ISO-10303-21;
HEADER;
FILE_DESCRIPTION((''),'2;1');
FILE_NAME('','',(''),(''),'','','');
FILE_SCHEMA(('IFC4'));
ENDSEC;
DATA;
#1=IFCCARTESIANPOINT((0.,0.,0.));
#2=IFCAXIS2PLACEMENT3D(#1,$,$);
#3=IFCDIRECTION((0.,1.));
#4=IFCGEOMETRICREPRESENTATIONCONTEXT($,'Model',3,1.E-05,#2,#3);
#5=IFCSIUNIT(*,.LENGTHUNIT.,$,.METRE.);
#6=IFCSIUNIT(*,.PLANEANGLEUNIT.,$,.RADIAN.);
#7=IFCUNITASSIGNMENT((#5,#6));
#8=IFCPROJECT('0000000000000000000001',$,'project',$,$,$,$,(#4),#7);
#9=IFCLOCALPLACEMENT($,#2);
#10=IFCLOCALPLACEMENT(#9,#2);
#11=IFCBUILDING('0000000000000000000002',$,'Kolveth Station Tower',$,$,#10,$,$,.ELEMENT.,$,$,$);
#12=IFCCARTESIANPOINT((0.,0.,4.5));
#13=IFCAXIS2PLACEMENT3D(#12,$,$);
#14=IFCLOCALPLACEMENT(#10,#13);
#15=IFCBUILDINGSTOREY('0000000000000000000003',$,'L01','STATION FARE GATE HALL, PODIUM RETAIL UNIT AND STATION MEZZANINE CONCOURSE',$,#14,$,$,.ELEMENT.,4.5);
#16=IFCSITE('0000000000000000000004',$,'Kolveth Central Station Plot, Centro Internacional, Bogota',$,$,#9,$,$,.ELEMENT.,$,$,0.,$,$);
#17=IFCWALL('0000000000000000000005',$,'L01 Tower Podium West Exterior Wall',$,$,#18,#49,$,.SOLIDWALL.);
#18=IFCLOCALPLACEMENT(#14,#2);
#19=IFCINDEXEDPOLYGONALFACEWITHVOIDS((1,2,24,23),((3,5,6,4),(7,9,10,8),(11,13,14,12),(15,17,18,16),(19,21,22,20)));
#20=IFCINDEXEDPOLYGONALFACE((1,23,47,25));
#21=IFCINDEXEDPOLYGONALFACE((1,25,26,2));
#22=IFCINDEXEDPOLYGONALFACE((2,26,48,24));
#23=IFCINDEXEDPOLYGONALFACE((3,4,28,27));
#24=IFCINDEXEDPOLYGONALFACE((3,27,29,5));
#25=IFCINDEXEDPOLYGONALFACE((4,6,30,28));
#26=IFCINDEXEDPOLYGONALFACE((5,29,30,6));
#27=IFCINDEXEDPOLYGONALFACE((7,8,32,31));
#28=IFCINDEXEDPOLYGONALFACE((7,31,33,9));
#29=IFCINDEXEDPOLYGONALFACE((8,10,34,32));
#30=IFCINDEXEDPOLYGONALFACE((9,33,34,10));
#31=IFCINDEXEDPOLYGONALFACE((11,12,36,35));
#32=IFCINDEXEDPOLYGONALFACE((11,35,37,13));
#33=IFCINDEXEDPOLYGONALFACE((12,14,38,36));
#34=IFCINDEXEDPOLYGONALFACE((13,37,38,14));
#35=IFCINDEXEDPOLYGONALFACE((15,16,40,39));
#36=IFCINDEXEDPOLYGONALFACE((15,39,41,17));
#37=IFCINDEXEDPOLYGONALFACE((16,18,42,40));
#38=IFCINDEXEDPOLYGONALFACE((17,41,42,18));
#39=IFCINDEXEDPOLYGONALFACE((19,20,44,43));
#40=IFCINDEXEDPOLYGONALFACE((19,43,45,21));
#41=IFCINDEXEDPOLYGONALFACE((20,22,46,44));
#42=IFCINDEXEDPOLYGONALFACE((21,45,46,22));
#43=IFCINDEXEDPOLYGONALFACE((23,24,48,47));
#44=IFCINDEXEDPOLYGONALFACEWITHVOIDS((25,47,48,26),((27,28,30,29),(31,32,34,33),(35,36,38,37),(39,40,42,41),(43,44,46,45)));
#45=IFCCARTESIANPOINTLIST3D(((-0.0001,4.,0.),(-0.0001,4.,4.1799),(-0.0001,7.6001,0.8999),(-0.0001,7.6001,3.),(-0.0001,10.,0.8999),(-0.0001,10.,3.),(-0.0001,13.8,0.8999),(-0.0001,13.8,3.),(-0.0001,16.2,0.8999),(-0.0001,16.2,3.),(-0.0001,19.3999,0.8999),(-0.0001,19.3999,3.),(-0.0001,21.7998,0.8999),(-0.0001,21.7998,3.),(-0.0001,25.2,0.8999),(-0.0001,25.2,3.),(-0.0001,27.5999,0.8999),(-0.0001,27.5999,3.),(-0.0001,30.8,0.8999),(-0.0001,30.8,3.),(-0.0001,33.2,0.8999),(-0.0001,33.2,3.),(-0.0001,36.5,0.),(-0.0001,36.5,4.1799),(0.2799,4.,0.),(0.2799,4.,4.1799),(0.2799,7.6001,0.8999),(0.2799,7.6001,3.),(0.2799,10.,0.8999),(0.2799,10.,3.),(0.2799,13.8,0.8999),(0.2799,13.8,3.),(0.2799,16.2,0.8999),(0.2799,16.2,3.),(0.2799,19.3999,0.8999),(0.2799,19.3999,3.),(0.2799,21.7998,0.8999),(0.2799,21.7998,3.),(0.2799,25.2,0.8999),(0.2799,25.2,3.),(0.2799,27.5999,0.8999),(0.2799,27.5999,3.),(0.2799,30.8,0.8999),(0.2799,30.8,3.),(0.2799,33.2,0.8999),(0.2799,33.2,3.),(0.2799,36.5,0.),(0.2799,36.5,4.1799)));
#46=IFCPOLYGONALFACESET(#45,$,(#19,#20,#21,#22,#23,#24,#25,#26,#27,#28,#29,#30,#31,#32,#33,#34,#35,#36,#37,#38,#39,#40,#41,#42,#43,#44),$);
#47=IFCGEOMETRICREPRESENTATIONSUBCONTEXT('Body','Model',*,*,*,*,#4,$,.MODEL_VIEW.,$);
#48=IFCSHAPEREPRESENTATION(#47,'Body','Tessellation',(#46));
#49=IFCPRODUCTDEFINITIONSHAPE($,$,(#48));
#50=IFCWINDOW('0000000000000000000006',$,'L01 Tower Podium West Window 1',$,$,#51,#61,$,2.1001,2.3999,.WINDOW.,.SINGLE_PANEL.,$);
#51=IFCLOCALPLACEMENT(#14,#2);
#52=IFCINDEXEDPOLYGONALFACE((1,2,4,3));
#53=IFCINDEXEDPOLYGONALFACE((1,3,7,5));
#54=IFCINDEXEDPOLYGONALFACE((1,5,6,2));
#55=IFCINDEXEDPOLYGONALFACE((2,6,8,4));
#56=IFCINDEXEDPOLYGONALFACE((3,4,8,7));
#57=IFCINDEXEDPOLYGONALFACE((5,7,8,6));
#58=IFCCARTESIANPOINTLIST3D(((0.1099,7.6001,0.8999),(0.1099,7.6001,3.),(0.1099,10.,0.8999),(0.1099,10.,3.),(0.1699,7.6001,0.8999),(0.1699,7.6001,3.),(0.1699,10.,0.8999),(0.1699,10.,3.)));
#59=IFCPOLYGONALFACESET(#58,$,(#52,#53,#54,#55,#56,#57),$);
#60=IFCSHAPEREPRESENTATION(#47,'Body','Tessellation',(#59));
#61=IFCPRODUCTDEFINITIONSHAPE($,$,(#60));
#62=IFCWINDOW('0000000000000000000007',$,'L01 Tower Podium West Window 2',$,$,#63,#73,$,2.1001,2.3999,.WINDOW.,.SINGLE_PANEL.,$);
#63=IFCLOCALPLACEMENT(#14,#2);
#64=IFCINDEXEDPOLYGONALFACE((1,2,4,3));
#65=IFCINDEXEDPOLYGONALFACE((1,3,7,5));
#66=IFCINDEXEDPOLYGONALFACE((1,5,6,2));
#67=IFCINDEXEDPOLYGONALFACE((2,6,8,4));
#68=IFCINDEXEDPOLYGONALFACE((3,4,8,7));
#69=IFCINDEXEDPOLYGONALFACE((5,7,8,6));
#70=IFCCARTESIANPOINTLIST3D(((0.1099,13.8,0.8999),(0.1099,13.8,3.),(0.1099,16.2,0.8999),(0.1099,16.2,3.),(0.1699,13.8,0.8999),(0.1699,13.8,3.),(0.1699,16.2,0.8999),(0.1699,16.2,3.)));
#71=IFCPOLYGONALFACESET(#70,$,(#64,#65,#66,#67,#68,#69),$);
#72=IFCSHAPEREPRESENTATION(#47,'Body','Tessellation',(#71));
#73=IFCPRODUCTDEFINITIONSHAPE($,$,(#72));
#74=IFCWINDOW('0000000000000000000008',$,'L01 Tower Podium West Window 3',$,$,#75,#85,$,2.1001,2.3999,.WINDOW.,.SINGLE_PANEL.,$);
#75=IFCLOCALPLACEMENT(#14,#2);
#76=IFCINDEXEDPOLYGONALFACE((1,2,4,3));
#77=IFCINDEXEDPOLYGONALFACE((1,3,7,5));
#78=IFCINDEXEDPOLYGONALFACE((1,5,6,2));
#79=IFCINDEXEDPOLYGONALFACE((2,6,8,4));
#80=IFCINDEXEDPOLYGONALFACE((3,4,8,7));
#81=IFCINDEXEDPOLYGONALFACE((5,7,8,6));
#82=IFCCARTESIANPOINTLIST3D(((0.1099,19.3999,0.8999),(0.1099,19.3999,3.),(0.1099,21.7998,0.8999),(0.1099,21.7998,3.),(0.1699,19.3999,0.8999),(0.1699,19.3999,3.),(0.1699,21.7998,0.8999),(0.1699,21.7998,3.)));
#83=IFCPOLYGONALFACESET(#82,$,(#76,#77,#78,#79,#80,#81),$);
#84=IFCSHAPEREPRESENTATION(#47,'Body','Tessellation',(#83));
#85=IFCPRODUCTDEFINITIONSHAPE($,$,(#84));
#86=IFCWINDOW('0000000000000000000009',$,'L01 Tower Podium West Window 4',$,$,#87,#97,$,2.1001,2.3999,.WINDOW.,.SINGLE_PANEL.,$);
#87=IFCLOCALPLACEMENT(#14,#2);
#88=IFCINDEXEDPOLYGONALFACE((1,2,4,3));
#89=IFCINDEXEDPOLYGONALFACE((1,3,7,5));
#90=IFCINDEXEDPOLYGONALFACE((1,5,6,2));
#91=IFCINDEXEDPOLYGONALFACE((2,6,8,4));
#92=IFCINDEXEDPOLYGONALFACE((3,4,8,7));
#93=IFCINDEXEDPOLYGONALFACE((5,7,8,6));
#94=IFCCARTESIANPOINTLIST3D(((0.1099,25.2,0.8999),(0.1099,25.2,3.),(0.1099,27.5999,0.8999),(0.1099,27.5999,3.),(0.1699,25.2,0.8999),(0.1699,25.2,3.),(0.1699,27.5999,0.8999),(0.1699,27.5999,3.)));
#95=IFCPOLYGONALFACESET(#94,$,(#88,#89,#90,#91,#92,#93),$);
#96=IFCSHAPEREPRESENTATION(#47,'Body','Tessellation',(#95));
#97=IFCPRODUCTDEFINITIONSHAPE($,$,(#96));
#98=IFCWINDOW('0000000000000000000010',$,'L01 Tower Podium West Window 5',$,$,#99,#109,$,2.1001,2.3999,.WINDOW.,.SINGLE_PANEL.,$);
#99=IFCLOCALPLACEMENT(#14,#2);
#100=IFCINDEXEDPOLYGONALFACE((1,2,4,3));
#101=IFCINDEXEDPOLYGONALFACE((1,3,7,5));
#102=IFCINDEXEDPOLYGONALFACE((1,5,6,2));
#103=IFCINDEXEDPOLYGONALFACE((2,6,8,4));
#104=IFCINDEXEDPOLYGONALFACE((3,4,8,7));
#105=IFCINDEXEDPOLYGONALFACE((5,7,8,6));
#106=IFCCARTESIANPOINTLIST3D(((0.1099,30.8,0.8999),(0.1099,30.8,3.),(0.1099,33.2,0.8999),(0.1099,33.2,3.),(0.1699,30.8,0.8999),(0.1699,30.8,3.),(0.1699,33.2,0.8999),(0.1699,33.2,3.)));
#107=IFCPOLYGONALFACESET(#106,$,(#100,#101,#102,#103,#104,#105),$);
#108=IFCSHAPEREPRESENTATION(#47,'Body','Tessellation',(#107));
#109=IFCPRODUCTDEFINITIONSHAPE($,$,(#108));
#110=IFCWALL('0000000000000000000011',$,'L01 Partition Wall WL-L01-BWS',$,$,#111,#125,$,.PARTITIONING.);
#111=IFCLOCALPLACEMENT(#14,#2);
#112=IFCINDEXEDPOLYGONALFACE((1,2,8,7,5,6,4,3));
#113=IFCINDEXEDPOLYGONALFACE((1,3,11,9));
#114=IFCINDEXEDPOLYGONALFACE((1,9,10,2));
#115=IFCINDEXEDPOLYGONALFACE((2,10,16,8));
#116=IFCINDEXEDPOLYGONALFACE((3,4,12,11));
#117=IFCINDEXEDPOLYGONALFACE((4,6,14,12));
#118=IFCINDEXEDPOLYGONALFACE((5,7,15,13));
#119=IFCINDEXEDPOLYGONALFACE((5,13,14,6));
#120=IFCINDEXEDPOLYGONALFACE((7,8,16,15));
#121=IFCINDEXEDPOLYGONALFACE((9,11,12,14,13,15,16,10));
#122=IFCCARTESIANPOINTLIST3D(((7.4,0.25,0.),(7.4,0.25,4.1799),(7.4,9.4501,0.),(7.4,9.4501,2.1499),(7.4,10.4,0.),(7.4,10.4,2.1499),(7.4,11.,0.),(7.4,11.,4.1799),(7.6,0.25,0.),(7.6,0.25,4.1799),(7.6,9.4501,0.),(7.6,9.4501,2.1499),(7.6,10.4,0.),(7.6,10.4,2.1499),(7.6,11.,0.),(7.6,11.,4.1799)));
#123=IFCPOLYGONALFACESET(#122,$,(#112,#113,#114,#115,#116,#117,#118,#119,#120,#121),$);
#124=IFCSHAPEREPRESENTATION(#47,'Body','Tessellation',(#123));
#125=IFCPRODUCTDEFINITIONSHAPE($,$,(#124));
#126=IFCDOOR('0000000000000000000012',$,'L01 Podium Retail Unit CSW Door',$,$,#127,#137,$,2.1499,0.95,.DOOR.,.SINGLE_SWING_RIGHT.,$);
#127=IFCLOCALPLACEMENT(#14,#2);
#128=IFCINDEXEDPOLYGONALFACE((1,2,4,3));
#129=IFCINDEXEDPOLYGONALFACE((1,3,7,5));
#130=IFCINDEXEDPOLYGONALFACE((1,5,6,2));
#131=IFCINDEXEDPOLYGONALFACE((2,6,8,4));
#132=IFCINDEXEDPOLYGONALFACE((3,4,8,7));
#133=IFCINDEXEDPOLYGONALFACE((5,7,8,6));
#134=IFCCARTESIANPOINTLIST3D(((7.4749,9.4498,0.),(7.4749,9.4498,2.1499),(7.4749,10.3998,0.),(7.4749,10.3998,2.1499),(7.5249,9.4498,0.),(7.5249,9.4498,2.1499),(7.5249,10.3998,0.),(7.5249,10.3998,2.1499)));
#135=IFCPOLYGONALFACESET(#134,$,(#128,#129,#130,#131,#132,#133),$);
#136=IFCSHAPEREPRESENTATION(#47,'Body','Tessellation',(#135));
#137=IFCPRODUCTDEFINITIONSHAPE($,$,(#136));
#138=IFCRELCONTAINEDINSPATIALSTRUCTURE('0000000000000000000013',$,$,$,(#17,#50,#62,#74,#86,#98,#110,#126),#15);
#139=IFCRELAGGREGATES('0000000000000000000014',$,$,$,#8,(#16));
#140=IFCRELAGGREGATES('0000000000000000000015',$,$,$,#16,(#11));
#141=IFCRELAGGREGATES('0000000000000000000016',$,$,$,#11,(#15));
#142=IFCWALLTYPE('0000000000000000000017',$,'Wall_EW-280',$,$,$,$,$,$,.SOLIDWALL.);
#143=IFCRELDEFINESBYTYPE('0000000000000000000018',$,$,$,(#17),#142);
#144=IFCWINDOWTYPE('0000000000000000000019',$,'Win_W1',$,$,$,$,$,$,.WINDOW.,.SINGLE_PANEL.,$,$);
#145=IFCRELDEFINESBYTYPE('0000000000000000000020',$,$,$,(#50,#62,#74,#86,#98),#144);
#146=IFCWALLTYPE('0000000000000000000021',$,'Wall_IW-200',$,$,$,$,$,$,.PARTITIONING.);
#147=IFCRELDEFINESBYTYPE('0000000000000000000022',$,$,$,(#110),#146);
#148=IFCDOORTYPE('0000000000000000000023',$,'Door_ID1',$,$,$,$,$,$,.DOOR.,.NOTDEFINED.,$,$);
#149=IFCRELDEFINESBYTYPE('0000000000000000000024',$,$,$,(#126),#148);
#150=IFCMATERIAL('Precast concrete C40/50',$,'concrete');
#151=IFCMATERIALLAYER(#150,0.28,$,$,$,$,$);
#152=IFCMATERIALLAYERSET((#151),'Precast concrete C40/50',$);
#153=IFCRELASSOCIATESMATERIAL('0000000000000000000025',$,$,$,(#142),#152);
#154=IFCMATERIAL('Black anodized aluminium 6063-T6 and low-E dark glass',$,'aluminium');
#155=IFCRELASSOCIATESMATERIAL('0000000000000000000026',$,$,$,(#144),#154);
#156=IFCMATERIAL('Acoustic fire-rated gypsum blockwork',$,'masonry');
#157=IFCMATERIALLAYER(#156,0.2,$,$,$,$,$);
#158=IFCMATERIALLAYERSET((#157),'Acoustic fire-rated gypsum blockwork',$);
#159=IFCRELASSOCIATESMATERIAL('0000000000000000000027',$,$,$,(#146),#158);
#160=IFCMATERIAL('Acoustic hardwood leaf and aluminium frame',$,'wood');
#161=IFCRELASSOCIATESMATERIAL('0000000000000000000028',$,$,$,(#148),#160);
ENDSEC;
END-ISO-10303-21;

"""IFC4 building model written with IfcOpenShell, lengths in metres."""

from ifc_helpers import new_model, si_unit, direction, frame, frame_2d, origin, place, context, subcontext, project, spatial, rectangle, extrude, material, layer, layer_set, type_object, element, fill, save


model = new_model("IFC4")

# Units and contexts
model_context = context("Model", 3, precision=1e-05, world=origin(), true_north=direction((0.0, 1.0)))
body_context = subcontext(model_context, "Body", "Model", "MODEL_VIEW")
ifc_project = project(units=[si_unit("LENGTHUNIT", "METRE"), si_unit("PLANEANGLEUNIT", "RADIAN")], contexts=[model_context])

# Site, building, storey
site_placement = place(None, origin())
site = spatial("IfcSite", under=ifc_project, at=site_placement, Name="Kolveth Central Station Plot, Centro Internacional, Bogota", CompositionType="ELEMENT", RefElevation=0.0)
building_placement = place(site_placement, origin())
building = spatial("IfcBuilding", under=site, at=building_placement, Name="Kolveth Station Tower", CompositionType="ELEMENT")
storey_placement = place(building_placement, frame((0.0, 0.0, 4.5)))
storey = spatial("IfcBuildingStorey", under=building, at=storey_placement, Name="L01", Description="STATION FARE GATE HALL, PODIUM RETAIL UNIT AND STATION MEZZANINE CONCOURSE", CompositionType="ELEMENT", Elevation=4.5)

# Shared definitions
ifc_material_1 = material(Name="Precast concrete C40/50", Category="concrete")

# Wall, openings, windows
ifc_layer_1 = layer(ifc_material_1, 0.28)
ifc_layer_set_1 = layer_set([ifc_layer_1], Name="Precast concrete C40/50")
wall_type_1 = type_object("IfcWallType", Name="Wall_EW-280", PredefinedType="SOLIDWALL", material=ifc_layer_set_1)
wall_1_placement = place(storey_placement, frame((0.1399, 4.0, 0.0), z_axis=(0.0, 0.0, 1.0), x_axis=(0.0, 1.0, 0.0)))
wall_1 = element("IfcWall", 1, at=wall_1_placement, inside=storey, type_object=wall_type_1, Name="L01 Tower Podium West Exterior Wall", PredefinedType="SOLIDWALL", context=body_context, shape_type="SweptSolid", body=[
    extrude(rectangle(XDim=32.5, YDim=0.28, at=frame_2d((16.25, 0.0))), origin(), (0.0, 0.0, 1.0), 4.1799),
])
opening_1_placement = place(wall_1_placement, frame((3.6001, 0.0, 0.8999)))
opening_1 = element("IfcOpeningElement", 2, at=opening_1_placement, cuts=wall_1, PredefinedType="OPENING", context=body_context, shape_type="SweptSolid", body=[
    extrude(rectangle(XDim=2.3999, YDim=2.1001, at=frame_2d((1.2, 1.05))), frame((0.0, 0.1499, 0.0), z_axis=(0.0, -1.0, 0.0), x_axis=(1.0, 0.0, 0.0)), (0.0, 0.0, 1.0), 0.3),
])
opening_2_placement = place(wall_1_placement, frame((9.8, 0.0, 0.8999)))
opening_2 = element("IfcOpeningElement", 3, at=opening_2_placement, cuts=wall_1, PredefinedType="OPENING", context=body_context, shape_type="SweptSolid", body=[
    extrude(rectangle(XDim=2.3999, YDim=2.1001, at=frame_2d((1.2, 1.05))), frame((0.0, 0.1499, 0.0), z_axis=(0.0, -1.0, 0.0), x_axis=(1.0, 0.0, 0.0)), (0.0, 0.0, 1.0), 0.3),
])
opening_3_placement = place(wall_1_placement, frame((15.3999, 0.0, 0.8999)))
opening_3 = element("IfcOpeningElement", 4, at=opening_3_placement, cuts=wall_1, PredefinedType="OPENING", context=body_context, shape_type="SweptSolid", body=[
    extrude(rectangle(XDim=2.3999, YDim=2.1001, at=frame_2d((1.2, 1.05))), frame((0.0, 0.1499, 0.0), z_axis=(0.0, -1.0, 0.0), x_axis=(1.0, 0.0, 0.0)), (0.0, 0.0, 1.0), 0.3),
])
opening_4_placement = place(wall_1_placement, frame((21.2, 0.0, 0.8999)))
opening_4 = element("IfcOpeningElement", 5, at=opening_4_placement, cuts=wall_1, PredefinedType="OPENING", context=body_context, shape_type="SweptSolid", body=[
    extrude(rectangle(XDim=2.3999, YDim=2.1001, at=frame_2d((1.2, 1.05))), frame((0.0, 0.1499, 0.0), z_axis=(0.0, -1.0, 0.0), x_axis=(1.0, 0.0, 0.0)), (0.0, 0.0, 1.0), 0.3),
])
opening_5_placement = place(wall_1_placement, frame((26.8, 0.0, 0.8999)))
opening_5 = element("IfcOpeningElement", 6, at=opening_5_placement, cuts=wall_1, PredefinedType="OPENING", context=body_context, shape_type="SweptSolid", body=[
    extrude(rectangle(XDim=2.3999, YDim=2.1001, at=frame_2d((1.2, 1.05))), frame((0.0, 0.1499, 0.0), z_axis=(0.0, -1.0, 0.0), x_axis=(1.0, 0.0, 0.0)), (0.0, 0.0, 1.0), 0.3),
])
ifc_material_2 = material(Name="Black anodized aluminium 6063-T6 and low-E dark glass", Category="aluminium")
window_type = type_object("IfcWindowType", Name="Win_W1", PartitioningType="SINGLE_PANEL", PredefinedType="WINDOW", material=ifc_material_2)
window_1_placement = place(opening_1_placement, origin())
window_1 = element("IfcWindow", 7, at=window_1_placement, inside=storey, type_object=window_type, Name="L01 Tower Podium West Window 1", OverallHeight=2.1001, OverallWidth=2.3999, PartitioningType="SINGLE_PANEL", PredefinedType="WINDOW", context=body_context, shape_type="SweptSolid", body=[
    extrude(rectangle(XDim=2.3999, YDim=2.1001, at=frame_2d((1.2, 1.05))), frame((0.0, 0.03, 0.0), z_axis=(0.0, -1.0, 0.0), x_axis=(1.0, 0.0, 0.0)), (0.0, 0.0, 1.0), 0.0601),
])
fill(opening_1, window_1)
window_2_placement = place(opening_2_placement, origin())
window_2 = element("IfcWindow", 8, at=window_2_placement, inside=storey, type_object=window_type, Name="L01 Tower Podium West Window 2", OverallHeight=2.1001, OverallWidth=2.3999, PartitioningType="SINGLE_PANEL", PredefinedType="WINDOW", context=body_context, shape_type="SweptSolid", body=[
    extrude(rectangle(XDim=2.3999, YDim=2.1001, at=frame_2d((1.2, 1.05))), frame((0.0, 0.03, 0.0), z_axis=(0.0, -1.0, 0.0), x_axis=(1.0, 0.0, 0.0)), (0.0, 0.0, 1.0), 0.0601),
])
fill(opening_2, window_2)
window_3_placement = place(opening_3_placement, origin())
window_3 = element("IfcWindow", 9, at=window_3_placement, inside=storey, type_object=window_type, Name="L01 Tower Podium West Window 3", OverallHeight=2.1001, OverallWidth=2.3999, PartitioningType="SINGLE_PANEL", PredefinedType="WINDOW", context=body_context, shape_type="SweptSolid", body=[
    extrude(rectangle(XDim=2.3999, YDim=2.1001, at=frame_2d((1.2, 1.05))), frame((0.0, 0.03, 0.0), z_axis=(0.0, -1.0, 0.0), x_axis=(1.0, 0.0, 0.0)), (0.0, 0.0, 1.0), 0.0601),
])
fill(opening_3, window_3)
window_4_placement = place(opening_4_placement, origin())
window_4 = element("IfcWindow", 10, at=window_4_placement, inside=storey, type_object=window_type, Name="L01 Tower Podium West Window 4", OverallHeight=2.1001, OverallWidth=2.3999, PartitioningType="SINGLE_PANEL", PredefinedType="WINDOW", context=body_context, shape_type="SweptSolid", body=[
    extrude(rectangle(XDim=2.3999, YDim=2.1001, at=frame_2d((1.2, 1.05))), frame((0.0, 0.03, 0.0), z_axis=(0.0, -1.0, 0.0), x_axis=(1.0, 0.0, 0.0)), (0.0, 0.0, 1.0), 0.0601),
])
fill(opening_4, window_4)
window_5_placement = place(opening_5_placement, origin())
window_5 = element("IfcWindow", 11, at=window_5_placement, inside=storey, type_object=window_type, Name="L01 Tower Podium West Window 5", OverallHeight=2.1001, OverallWidth=2.3999, PartitioningType="SINGLE_PANEL", PredefinedType="WINDOW", context=body_context, shape_type="SweptSolid", body=[
    extrude(rectangle(XDim=2.3999, YDim=2.1001, at=frame_2d((1.2, 1.05))), frame((0.0, 0.03, 0.0), z_axis=(0.0, -1.0, 0.0), x_axis=(1.0, 0.0, 0.0)), (0.0, 0.0, 1.0), 0.0601),
])
fill(opening_5, window_5)

# Wall, opening, door
ifc_material_3 = material(Name="Acoustic fire-rated gypsum blockwork", Category="masonry")
ifc_layer_2 = layer(ifc_material_3, 0.2)
ifc_layer_set_2 = layer_set([ifc_layer_2], Name="Acoustic fire-rated gypsum blockwork")
wall_type_2 = type_object("IfcWallType", Name="Wall_IW-200", PredefinedType="PARTITIONING", material=ifc_layer_set_2)
wall_2_placement = place(storey_placement, frame((7.5, 0.25, 0.0), z_axis=(0.0, 0.0, 1.0), x_axis=(0.0, 1.0, 0.0)))
wall_2 = element("IfcWall", 12, at=wall_2_placement, inside=storey, type_object=wall_type_2, Name="L01 Partition Wall WL-L01-BWS", PredefinedType="PARTITIONING", context=body_context, shape_type="SweptSolid", body=[
    extrude(rectangle(XDim=10.75, YDim=0.2, at=frame_2d((5.375, 0.0))), origin(), (0.0, 0.0, 1.0), 4.1799),
])
opening_6_placement = place(wall_2_placement, frame((9.2, 0.0, 0.0)))
opening_6 = element("IfcOpeningElement", 13, at=opening_6_placement, cuts=wall_2, PredefinedType="OPENING", context=body_context, shape_type="SweptSolid", body=[
    extrude(rectangle(XDim=0.95, YDim=2.1499, at=frame_2d((0.4751, 1.075))), frame((0.0, 0.1099, 0.0), z_axis=(0.0, -1.0, 0.0), x_axis=(1.0, 0.0, 0.0)), (0.0, 0.0, 1.0), 0.22),
])
ifc_material_4 = material(Name="Acoustic hardwood leaf and aluminium frame", Category="wood")
door_type = type_object("IfcDoorType", Name="Door_ID1", OperationType="NOTDEFINED", PredefinedType="DOOR", material=ifc_material_4)
door_placement = place(opening_6_placement, frame((0.95, 0.0, 0.0), z_axis=(0.0, 0.0, 1.0), x_axis=(-1.0, 0.0, 0.0)))
door = element("IfcDoor", 14, at=door_placement, inside=storey, type_object=door_type, Name="L01 Podium Retail Unit CSW Door", OperationType="SINGLE_SWING_RIGHT", OverallHeight=2.1499, OverallWidth=0.95, PredefinedType="DOOR", context=body_context, shape_type="SweptSolid", body=[
    extrude(rectangle(XDim=0.95, YDim=2.1499, at=frame_2d((0.4751, 1.075))), frame((0.0, 0.0249, 0.0), z_axis=(0.0, -1.0, 0.0), x_axis=(1.0, 0.0, 0.0)), (0.0, 0.0, 1.0), 0.05),
])
fill(opening_6, door)

save(model, "model.ifc")
